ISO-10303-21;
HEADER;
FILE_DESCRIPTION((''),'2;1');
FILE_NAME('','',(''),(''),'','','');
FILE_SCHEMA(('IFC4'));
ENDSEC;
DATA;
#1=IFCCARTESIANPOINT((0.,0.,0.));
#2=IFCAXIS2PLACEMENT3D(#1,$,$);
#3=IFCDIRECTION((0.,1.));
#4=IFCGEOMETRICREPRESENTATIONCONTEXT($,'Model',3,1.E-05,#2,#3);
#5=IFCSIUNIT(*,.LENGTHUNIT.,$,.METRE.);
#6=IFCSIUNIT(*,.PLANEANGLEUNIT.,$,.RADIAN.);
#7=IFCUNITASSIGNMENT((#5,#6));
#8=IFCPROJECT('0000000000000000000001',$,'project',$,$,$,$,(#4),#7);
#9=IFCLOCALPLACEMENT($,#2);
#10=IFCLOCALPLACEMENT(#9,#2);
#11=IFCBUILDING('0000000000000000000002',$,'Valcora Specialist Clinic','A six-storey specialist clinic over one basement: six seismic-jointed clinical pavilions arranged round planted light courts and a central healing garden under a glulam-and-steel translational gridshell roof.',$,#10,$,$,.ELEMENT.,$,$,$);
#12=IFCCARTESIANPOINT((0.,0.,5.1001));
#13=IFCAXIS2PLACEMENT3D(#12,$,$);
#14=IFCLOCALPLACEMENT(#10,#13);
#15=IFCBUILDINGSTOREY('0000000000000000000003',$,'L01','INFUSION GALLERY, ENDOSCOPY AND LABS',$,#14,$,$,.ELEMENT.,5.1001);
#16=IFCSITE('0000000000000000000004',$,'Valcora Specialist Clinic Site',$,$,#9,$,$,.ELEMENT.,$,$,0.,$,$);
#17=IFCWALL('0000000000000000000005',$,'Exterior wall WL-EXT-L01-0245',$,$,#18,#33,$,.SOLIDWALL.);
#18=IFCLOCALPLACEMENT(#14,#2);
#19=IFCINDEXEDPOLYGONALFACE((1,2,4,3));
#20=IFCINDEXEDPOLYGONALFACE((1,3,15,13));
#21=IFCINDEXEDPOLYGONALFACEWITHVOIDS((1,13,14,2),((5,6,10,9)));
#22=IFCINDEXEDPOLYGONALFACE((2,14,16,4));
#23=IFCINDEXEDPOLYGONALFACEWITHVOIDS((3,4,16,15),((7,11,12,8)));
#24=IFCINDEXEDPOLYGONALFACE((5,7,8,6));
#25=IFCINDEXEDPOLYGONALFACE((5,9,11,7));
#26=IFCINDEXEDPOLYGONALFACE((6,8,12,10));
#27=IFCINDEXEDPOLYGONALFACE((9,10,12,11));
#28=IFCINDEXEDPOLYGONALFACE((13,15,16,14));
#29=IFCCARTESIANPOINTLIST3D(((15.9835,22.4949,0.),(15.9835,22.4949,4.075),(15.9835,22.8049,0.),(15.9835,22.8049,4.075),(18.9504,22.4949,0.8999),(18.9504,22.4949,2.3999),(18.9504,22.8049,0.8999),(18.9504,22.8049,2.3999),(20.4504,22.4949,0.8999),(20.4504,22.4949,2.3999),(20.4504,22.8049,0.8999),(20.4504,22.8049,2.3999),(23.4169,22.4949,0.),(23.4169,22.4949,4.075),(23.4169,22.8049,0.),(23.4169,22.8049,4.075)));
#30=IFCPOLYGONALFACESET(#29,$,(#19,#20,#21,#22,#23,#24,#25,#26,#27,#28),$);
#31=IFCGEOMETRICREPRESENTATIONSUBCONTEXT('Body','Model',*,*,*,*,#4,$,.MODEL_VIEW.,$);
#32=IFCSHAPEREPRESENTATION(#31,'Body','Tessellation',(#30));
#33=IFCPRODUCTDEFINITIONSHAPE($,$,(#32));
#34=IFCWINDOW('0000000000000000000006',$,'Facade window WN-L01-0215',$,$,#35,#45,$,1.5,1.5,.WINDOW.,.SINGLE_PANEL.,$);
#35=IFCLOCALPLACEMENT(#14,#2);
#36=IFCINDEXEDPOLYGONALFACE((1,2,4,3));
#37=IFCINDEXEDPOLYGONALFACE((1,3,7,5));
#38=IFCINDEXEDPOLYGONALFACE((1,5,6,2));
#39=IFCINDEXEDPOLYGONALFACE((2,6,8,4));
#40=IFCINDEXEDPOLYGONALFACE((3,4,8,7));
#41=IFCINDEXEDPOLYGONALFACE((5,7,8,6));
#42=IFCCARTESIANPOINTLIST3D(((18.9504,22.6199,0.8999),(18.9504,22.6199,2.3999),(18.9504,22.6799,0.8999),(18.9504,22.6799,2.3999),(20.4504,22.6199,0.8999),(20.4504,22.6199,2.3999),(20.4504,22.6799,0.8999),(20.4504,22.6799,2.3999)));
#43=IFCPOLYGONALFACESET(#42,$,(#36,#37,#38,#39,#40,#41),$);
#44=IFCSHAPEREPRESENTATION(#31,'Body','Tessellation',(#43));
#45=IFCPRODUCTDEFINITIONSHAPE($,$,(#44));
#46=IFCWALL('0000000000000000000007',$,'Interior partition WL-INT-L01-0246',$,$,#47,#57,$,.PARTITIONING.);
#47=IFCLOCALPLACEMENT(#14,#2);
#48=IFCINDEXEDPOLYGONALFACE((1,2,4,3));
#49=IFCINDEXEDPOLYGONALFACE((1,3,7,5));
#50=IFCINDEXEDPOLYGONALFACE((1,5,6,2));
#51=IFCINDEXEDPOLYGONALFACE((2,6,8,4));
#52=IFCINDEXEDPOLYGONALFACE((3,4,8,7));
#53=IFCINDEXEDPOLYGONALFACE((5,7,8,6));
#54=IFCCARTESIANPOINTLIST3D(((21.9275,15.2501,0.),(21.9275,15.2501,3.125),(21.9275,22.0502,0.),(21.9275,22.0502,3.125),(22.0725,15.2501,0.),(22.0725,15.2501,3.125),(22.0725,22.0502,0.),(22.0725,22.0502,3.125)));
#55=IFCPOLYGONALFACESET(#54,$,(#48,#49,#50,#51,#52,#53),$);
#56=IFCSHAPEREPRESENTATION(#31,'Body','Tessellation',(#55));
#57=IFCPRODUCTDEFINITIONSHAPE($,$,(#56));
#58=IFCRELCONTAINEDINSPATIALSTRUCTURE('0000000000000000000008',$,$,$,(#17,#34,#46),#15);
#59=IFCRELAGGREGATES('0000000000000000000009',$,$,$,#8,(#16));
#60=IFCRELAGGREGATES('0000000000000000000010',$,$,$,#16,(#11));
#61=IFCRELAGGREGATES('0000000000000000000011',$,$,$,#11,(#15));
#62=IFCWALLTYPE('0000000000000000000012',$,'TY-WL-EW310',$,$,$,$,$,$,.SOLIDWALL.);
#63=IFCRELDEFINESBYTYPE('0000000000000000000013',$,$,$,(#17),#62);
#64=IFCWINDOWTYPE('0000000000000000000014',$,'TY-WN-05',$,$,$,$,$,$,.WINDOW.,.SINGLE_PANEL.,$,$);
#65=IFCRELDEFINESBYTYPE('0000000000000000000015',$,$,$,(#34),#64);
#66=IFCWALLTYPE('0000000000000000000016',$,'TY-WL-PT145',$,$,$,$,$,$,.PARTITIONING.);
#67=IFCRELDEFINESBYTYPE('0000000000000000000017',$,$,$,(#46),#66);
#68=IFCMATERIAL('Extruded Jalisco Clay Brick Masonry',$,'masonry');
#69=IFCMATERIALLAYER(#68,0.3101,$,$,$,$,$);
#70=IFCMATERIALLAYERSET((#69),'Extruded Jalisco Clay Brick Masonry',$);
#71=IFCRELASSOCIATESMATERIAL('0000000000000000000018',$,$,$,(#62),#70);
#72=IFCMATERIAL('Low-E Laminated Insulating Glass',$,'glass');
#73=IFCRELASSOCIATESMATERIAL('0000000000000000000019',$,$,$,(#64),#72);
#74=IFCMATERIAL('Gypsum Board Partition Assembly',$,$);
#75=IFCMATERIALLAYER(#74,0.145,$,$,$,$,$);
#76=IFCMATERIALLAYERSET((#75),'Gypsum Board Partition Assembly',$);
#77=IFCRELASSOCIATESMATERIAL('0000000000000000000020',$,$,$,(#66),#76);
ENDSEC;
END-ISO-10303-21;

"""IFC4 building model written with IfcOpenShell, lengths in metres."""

from ifc_helpers import new_model, si_unit, direction, frame, frame_2d, origin, place, context, subcontext, project, spatial, rectangle, extrude, material, layer, layer_set, type_object, element, fill, save


model = new_model("IFC4")

# Units and contexts
model_context = context("Model", 3, precision=1e-05, world=origin(), true_north=direction((0.0, 1.0)))
body_context = subcontext(model_context, "Body", "Model", "MODEL_VIEW")
ifc_project = project(units=[si_unit("LENGTHUNIT", "METRE"), si_unit("PLANEANGLEUNIT", "RADIAN")], contexts=[model_context])

# Site, building, storey
site_placement = place(None, origin())
site = spatial("IfcSite", under=ifc_project, at=site_placement, Name="Valcora Specialist Clinic Site", CompositionType="ELEMENT", RefElevation=0.0)
building_placement = place(site_placement, origin())
building = spatial("IfcBuilding", under=site, at=building_placement, Name="Valcora Specialist Clinic", Description="A six-storey specialist clinic over one basement: six seismic-jointed clinical pavilions arranged round planted light courts and a central healing garden under a glulam-and-steel translational gridshell roof.", CompositionType="ELEMENT")
storey_placement = place(building_placement, frame((0.0, 0.0, 5.1001)))
storey = spatial("IfcBuildingStorey", under=building, at=storey_placement, Name="L01", Description="INFUSION GALLERY, ENDOSCOPY AND LABS", CompositionType="ELEMENT", Elevation=5.1001)

# Shared definitions
ifc_material_1 = material(Name="Low-E Laminated Insulating Glass", Category="glass")

# Wall, opening, window
ifc_material_2 = material(Name="Extruded Jalisco Clay Brick Masonry", Category="masonry")
ifc_layer_1 = layer(ifc_material_2, 0.3101)
ifc_layer_set_1 = layer_set([ifc_layer_1], Name="Extruded Jalisco Clay Brick Masonry")
wall_type_1 = type_object("IfcWallType", Name="TY-WL-EW310", PredefinedType="SOLIDWALL", material=ifc_layer_set_1)
wall_1_placement = place(storey_placement, frame((15.9834, 22.6499, 0.0), z_axis=(0.0, 0.0, 1.0), x_axis=(1.0, 0.0, 0.0)))
wall_1 = element("IfcWall", 1, at=wall_1_placement, inside=storey, type_object=wall_type_1, Name="Exterior wall WL-EXT-L01-0245", PredefinedType="SOLIDWALL", context=body_context, shape_type="SweptSolid", body=[
    extrude(rectangle(XDim=7.4333, YDim=0.3101, at=frame_2d((3.7168, 0.0))), origin(), (0.0, 0.0, 1.0), 4.075),
])
opening_placement = place(wall_1_placement, frame((2.967, 0.0, 0.8999)))
opening = element("IfcOpeningElement", 2, at=opening_placement, cuts=wall_1, PredefinedType="OPENING", context=body_context, shape_type="SweptSolid", body=[
    extrude(rectangle(XDim=1.5, YDim=1.5, at=frame_2d((0.75, 0.75))), frame((0.0, 0.165, 0.0), z_axis=(0.0, -1.0, 0.0), x_axis=(1.0, 0.0, 0.0)), (0.0, 0.0, 1.0), 0.3301),
])
window_type = type_object("IfcWindowType", Name="TY-WN-05", PartitioningType="SINGLE_PANEL", PredefinedType="WINDOW", material=ifc_material_1)
window_placement = place(opening_placement, origin())
window = element("IfcWindow", 3, at=window_placement, inside=storey, type_object=window_type, Name="Facade window WN-L01-0215", OverallHeight=1.5, OverallWidth=1.5, PartitioningType="SINGLE_PANEL", PredefinedType="WINDOW", context=body_context, shape_type="SweptSolid", body=[
    extrude(rectangle(XDim=1.5, YDim=1.5, at=frame_2d((0.75, 0.75))), frame((0.0, 0.03, 0.0), z_axis=(0.0, -1.0, 0.0), x_axis=(1.0, 0.0, 0.0)), (0.0, 0.0, 1.0), 0.0601),
])
fill(opening, window)

# Wall
ifc_material_3 = material(Name="Gypsum Board Partition Assembly")
ifc_layer_2 = layer(ifc_material_3, 0.145)
ifc_layer_set_2 = layer_set([ifc_layer_2], Name="Gypsum Board Partition Assembly")
wall_type_2 = type_object("IfcWallType", Name="TY-WL-PT145", PredefinedType="PARTITIONING", material=ifc_layer_set_2)
wall_2_placement = place(storey_placement, frame((22.0, 22.05, 0.0), z_axis=(0.0, 0.0, 1.0), x_axis=(0.0, -1.0, 0.0)))
element("IfcWall", 4, at=wall_2_placement, inside=storey, type_object=wall_type_2, Name="Interior partition WL-INT-L01-0246", PredefinedType="PARTITIONING", context=body_context, shape_type="SweptSolid", body=[
    extrude(rectangle(XDim=6.8, YDim=0.145, at=frame_2d((3.3999, 0.0))), origin(), (0.0, 0.0, 1.0), 3.125),
])

save(model, "model.ifc")
